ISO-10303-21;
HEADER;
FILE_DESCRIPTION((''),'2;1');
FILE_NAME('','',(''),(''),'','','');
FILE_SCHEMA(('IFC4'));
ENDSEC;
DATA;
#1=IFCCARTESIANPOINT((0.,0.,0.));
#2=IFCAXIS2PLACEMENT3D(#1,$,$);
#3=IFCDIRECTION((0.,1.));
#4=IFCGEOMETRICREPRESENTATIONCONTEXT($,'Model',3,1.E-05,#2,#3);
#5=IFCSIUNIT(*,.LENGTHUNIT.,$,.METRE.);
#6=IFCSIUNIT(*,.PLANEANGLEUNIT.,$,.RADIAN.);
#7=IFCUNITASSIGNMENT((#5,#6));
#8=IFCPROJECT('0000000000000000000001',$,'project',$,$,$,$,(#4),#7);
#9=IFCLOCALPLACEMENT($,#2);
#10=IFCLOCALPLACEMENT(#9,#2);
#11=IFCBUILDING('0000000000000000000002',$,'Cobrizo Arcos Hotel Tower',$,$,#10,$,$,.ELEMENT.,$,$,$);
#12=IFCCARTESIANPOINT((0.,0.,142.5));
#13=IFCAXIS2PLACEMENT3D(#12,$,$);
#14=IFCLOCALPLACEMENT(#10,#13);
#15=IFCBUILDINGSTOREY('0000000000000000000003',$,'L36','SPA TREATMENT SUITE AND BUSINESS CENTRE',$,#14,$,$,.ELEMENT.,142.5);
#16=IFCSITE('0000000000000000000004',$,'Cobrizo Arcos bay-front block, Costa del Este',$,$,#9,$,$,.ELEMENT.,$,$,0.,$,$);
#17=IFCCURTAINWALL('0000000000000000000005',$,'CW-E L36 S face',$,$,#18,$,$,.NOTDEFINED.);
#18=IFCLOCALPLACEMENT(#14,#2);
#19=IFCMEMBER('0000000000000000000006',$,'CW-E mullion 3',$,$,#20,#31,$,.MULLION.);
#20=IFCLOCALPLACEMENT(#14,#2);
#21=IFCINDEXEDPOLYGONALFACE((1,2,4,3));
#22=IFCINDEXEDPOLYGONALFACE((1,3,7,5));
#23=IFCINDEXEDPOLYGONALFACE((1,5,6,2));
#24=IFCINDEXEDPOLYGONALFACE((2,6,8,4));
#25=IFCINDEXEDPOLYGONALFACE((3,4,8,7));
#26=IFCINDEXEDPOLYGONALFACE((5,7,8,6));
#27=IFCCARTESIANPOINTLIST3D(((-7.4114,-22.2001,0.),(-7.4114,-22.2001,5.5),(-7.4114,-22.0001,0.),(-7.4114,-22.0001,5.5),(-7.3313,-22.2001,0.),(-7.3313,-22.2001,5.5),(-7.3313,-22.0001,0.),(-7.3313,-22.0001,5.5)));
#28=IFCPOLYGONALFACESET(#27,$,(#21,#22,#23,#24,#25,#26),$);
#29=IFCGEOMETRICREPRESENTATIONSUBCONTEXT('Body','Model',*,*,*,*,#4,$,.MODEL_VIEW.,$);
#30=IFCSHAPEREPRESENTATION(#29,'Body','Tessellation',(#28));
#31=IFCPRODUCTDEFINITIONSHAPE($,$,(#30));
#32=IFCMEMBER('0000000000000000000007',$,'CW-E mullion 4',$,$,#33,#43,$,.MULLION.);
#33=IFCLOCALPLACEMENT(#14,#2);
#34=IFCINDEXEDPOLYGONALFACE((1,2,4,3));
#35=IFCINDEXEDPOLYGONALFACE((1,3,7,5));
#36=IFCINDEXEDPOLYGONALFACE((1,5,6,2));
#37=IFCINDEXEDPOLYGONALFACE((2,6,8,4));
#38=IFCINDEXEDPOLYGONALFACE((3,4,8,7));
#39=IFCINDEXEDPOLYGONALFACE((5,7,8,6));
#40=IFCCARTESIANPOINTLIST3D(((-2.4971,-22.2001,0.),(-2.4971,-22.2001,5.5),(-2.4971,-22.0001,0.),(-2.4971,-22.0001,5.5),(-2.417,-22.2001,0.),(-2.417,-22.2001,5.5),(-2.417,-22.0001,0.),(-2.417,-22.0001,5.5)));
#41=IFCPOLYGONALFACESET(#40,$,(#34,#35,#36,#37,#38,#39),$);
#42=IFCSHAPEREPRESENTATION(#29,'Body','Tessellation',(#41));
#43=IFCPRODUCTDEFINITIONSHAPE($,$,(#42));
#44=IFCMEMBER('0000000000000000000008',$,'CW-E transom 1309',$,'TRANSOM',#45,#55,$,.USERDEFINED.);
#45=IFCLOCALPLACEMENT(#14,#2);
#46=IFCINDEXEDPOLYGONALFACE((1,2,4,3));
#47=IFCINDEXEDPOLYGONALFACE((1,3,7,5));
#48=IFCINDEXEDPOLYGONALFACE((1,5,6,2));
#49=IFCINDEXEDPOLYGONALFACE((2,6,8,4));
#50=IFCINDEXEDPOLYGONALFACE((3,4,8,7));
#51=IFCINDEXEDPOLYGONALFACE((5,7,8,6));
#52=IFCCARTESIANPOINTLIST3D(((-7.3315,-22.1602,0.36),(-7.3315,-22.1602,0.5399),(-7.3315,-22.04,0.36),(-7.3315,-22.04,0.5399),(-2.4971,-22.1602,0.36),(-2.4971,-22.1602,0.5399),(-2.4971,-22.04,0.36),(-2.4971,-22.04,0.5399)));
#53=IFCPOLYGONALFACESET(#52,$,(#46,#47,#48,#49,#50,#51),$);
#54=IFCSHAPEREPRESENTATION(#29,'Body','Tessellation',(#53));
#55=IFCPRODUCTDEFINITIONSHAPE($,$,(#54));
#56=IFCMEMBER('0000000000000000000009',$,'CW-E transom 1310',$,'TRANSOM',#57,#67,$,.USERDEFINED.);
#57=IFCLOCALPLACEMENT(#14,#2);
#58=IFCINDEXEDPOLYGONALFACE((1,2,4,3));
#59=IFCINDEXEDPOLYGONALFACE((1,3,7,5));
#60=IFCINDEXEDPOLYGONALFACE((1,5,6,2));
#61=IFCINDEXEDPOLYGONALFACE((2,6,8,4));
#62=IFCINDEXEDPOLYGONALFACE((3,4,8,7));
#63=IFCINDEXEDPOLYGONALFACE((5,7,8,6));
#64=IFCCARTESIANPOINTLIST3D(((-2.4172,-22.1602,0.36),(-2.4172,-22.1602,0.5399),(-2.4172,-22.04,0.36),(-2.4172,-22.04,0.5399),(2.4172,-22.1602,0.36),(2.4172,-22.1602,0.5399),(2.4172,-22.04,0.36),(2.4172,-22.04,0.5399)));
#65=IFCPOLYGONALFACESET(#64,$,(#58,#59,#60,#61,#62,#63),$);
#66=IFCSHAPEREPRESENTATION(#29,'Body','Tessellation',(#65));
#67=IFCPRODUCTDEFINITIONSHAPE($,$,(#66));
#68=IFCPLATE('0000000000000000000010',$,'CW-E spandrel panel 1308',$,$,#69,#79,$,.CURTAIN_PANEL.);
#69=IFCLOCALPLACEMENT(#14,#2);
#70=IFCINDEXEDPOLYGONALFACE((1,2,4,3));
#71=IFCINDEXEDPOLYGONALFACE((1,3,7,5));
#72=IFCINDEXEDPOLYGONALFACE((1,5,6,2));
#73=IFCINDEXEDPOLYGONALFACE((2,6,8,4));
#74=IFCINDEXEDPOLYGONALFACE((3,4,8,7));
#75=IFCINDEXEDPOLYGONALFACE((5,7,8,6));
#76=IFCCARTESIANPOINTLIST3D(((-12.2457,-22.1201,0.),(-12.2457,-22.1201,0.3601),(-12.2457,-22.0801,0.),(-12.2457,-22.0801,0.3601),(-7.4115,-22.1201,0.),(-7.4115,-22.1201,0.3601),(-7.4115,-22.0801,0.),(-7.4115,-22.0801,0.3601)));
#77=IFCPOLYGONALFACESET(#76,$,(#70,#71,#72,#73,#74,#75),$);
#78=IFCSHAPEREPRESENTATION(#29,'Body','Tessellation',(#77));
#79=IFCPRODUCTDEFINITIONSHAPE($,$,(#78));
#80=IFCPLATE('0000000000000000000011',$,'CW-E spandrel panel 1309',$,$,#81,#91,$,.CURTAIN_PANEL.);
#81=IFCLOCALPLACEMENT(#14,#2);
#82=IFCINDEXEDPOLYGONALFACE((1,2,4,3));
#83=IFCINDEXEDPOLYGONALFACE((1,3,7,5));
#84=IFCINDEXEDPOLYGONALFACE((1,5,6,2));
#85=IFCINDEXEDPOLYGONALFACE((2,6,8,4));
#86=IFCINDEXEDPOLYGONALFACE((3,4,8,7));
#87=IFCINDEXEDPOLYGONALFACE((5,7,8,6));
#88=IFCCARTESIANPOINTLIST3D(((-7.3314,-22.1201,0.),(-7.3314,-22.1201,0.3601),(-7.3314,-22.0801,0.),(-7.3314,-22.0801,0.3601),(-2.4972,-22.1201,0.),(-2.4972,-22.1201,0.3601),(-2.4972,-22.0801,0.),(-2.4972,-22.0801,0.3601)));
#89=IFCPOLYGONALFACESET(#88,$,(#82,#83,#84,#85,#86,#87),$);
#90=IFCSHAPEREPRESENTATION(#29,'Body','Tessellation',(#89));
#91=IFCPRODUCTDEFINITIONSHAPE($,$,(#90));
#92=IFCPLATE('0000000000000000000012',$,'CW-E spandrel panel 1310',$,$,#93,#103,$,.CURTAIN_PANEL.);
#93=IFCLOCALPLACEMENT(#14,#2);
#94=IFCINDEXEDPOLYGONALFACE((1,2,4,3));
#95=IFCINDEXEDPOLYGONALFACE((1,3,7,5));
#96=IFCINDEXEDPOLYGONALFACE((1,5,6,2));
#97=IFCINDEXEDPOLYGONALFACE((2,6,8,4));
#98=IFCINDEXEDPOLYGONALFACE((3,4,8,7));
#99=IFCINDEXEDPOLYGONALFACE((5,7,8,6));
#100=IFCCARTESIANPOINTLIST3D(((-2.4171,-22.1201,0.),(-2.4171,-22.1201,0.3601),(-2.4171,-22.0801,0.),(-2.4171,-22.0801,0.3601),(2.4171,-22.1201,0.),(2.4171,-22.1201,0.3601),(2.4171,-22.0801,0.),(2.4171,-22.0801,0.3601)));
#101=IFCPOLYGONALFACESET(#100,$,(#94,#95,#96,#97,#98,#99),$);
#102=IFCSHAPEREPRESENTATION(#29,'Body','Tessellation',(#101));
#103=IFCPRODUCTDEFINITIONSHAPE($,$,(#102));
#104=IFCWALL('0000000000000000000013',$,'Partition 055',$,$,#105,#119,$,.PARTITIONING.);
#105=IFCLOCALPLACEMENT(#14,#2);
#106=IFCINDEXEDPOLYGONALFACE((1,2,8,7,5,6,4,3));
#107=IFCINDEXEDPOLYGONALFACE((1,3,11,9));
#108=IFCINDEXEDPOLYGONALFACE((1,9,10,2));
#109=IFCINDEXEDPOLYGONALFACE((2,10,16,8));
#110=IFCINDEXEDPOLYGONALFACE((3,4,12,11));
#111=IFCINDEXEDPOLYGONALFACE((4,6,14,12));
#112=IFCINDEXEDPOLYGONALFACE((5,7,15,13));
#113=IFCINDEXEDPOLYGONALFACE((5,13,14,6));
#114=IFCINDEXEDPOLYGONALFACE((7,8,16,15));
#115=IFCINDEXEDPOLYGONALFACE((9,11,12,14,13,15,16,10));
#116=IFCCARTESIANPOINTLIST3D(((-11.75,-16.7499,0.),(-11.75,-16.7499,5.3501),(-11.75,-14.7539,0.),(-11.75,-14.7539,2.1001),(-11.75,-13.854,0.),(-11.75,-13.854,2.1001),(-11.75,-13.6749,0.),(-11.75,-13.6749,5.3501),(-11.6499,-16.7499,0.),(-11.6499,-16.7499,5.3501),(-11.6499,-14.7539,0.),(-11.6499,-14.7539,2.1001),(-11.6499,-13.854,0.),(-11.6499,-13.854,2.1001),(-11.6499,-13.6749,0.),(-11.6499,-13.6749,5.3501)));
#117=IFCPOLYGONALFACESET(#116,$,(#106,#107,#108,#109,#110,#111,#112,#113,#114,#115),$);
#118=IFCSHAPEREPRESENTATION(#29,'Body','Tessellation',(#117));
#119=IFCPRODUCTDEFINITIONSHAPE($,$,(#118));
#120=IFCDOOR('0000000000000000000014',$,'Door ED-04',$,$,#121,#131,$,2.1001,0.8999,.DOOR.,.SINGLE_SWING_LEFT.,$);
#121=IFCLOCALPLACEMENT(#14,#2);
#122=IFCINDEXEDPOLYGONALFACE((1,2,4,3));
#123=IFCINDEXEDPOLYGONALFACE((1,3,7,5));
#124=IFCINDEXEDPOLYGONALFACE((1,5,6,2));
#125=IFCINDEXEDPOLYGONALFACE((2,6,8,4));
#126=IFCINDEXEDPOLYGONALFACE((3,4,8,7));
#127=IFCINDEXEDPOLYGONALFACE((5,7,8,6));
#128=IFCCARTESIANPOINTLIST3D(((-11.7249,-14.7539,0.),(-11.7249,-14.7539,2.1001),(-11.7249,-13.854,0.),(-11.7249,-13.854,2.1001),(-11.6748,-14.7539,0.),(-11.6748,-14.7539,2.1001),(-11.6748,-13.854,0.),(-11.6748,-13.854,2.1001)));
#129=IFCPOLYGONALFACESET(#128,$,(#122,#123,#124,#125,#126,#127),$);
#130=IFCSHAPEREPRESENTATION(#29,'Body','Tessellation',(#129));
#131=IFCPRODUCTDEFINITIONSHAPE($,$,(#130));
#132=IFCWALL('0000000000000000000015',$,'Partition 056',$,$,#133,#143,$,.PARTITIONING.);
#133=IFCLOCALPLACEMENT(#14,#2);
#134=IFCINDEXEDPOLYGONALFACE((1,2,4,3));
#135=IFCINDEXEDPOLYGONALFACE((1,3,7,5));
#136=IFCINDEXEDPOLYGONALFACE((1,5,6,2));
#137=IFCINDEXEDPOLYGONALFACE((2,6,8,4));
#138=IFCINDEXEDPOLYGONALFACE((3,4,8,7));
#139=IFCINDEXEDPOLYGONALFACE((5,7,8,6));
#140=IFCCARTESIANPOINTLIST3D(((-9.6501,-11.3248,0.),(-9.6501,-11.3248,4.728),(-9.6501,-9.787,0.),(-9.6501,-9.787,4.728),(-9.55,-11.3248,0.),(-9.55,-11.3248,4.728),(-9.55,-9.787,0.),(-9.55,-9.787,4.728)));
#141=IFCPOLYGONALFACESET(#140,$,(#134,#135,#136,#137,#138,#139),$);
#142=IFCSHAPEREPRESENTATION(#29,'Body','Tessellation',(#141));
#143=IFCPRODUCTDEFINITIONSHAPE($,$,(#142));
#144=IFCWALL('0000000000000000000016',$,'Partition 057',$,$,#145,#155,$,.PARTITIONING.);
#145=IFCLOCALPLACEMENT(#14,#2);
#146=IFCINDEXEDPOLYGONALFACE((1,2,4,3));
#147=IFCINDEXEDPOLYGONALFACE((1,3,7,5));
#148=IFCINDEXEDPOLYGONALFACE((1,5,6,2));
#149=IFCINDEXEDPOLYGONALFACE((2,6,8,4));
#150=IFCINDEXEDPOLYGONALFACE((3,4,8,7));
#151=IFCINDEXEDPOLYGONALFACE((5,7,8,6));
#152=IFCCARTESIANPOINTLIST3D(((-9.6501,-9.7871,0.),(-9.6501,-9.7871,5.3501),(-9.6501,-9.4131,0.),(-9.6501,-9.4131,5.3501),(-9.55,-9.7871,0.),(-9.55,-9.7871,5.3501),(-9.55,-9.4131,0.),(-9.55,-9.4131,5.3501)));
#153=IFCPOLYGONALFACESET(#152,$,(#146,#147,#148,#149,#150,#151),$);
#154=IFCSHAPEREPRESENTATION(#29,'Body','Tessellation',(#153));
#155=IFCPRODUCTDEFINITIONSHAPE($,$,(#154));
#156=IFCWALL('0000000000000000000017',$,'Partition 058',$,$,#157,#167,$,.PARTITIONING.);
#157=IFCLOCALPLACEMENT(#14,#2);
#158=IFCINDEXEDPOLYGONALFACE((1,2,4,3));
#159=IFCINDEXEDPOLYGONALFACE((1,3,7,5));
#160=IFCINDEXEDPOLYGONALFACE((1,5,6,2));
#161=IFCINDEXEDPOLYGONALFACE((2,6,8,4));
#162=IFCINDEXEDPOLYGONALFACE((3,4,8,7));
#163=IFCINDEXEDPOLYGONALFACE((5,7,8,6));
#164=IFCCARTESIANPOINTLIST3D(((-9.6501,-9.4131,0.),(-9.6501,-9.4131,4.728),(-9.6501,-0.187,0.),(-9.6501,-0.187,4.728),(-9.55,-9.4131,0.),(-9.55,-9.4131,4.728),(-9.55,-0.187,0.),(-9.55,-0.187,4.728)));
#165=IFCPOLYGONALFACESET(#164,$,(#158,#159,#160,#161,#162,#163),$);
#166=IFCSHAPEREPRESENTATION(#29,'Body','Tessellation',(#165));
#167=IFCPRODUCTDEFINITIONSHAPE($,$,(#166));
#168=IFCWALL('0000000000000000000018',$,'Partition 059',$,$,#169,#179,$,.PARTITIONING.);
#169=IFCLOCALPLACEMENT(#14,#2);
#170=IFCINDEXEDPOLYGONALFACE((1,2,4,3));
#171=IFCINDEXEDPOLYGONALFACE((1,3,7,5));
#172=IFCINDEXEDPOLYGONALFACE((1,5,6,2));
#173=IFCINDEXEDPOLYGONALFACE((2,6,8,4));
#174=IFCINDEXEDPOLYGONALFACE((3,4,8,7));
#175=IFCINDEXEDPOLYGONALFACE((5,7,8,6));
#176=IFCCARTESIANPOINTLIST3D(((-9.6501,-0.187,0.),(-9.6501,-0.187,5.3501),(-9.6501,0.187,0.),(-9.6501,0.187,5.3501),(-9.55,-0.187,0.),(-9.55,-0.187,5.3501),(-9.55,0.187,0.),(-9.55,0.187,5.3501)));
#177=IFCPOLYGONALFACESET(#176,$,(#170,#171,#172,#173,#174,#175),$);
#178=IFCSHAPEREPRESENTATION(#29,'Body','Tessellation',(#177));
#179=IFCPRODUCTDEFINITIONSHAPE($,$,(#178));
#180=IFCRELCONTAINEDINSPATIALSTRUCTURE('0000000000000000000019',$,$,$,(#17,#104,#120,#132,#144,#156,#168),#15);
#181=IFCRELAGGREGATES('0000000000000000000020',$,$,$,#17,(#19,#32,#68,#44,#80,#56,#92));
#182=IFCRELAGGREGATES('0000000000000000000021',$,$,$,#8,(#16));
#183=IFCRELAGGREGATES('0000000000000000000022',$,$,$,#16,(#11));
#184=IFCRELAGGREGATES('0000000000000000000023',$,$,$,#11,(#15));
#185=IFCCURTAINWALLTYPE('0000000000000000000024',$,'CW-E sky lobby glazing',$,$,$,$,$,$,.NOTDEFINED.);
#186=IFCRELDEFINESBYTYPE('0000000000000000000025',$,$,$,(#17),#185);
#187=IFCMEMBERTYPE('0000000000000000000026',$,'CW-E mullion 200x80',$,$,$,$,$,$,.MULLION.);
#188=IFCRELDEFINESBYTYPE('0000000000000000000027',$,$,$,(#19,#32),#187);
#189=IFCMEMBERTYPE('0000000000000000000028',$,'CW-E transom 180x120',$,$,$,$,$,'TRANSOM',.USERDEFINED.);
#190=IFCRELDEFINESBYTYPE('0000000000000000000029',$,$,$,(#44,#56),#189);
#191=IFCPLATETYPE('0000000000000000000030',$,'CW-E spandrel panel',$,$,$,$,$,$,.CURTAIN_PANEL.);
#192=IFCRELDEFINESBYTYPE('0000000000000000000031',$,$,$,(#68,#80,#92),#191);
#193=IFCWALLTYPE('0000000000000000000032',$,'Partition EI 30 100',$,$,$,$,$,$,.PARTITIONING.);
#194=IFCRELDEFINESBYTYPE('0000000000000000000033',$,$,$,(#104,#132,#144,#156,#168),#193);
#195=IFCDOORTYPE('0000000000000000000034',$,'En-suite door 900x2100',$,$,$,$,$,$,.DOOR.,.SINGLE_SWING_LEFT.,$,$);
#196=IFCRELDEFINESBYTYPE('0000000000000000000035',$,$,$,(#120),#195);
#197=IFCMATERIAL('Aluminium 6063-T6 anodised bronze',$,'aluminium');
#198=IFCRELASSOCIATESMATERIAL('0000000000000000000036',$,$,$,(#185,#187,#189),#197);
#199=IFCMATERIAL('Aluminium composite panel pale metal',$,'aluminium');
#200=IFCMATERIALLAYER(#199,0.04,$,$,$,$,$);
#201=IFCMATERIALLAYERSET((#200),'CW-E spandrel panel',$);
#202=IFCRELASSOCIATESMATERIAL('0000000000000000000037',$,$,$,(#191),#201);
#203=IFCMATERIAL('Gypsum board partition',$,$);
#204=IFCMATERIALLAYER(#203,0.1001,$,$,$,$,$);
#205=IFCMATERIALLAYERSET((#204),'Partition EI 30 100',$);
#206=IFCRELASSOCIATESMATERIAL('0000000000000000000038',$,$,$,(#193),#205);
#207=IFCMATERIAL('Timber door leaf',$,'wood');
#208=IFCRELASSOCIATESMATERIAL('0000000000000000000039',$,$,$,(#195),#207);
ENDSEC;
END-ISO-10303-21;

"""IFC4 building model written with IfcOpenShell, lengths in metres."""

from ifc_helpers import new_model, si_unit, direction, frame, frame_2d, origin, origin_2d, place, context, subcontext, project, spatial, rectangle, extrude, material, layer, layer_set, material_profile, profile_set, type_object, element, fill, aggregate, save


model = new_model("IFC4")

# Units and contexts
model_context = context("Model", 3, precision=1e-05, world=origin(), true_north=direction((0.0, 1.0)))
body_context = subcontext(model_context, "Body", "Model", "MODEL_VIEW")
ifc_project = project(units=[si_unit("LENGTHUNIT", "METRE"), si_unit("PLANEANGLEUNIT", "RADIAN")], contexts=[model_context])

# Site, building, storey
site_placement = place(None, origin())
site = spatial("IfcSite", under=ifc_project, at=site_placement, Name="Cobrizo Arcos bay-front block, Costa del Este", CompositionType="ELEMENT", RefElevation=0.0)
building_placement = place(site_placement, origin())
building = spatial("IfcBuilding", under=site, at=building_placement, Name="Cobrizo Arcos Hotel Tower", CompositionType="ELEMENT")
storey_placement = place(building_placement, frame((0.0, 0.0, 142.5)))
storey = spatial("IfcBuildingStorey", under=building, at=storey_placement, Name="L36", Description="SPA TREATMENT SUITE AND BUSINESS CENTRE", CompositionType="ELEMENT", Elevation=142.5)

# Curtain wall, members, plates
ifc_material_1 = material(Name="Aluminium 6063-T6 anodised bronze", Category="aluminium")
curtain_wall_type = type_object("IfcCurtainWallType", Name="CW-E sky lobby glazing", PredefinedType="NOTDEFINED", material=ifc_material_1)
curtain_wall_placement = place(storey_placement, origin())
curtain_wall = element("IfcCurtainWall", 1, at=curtain_wall_placement, inside=storey, type_object=curtain_wall_type, Name="CW-E L36 S face", PredefinedType="NOTDEFINED")
ifc_material_profile_1 = material_profile(ifc_material_1, rectangle(XDim=0.2, YDim=0.0801, at=origin_2d()), Name="CW-E mullion 200x80")
ifc_profile_set_1 = profile_set([ifc_material_profile_1], Name="Aluminium 6063-T6 anodised bronze")
member_type_1 = type_object("IfcMemberType", Name="CW-E mullion 200x80", PredefinedType="MULLION", material=ifc_profile_set_1)
member_1_placement = place(storey_placement, frame((-7.3713, -22.1001, 0.0), z_axis=(0.0, 0.0, 1.0), x_axis=(0.0, -1.0, 0.0)))
member_1 = element("IfcMember", 2, at=member_1_placement, type_object=member_type_1, Name="CW-E mullion 3", PredefinedType="MULLION", context=body_context, shape_type="SweptSolid", body=[
    extrude(rectangle(XDim=0.2, YDim=0.0801, at=origin_2d()), origin(), (0.0, 0.0, 1.0), 5.5),
])
member_2_placement = place(storey_placement, frame((-2.457, -22.1001, 0.0), z_axis=(0.0, 0.0, 1.0), x_axis=(0.0, -1.0, 0.0)))
member_2 = element("IfcMember", 3, at=member_2_placement, type_object=member_type_1, Name="CW-E mullion 4", PredefinedType="MULLION", context=body_context, shape_type="SweptSolid", body=[
    extrude(rectangle(XDim=0.2, YDim=0.0801, at=origin_2d()), origin(), (0.0, 0.0, 1.0), 5.5),
])
ifc_material_profile_2 = material_profile(ifc_material_1, rectangle(XDim=0.1201, YDim=0.1799, at=origin_2d()), Name="CW-E transom 180x120")
ifc_profile_set_2 = profile_set([ifc_material_profile_2], Name="Aluminium 6063-T6 anodised bronze")
member_type_2 = type_object("IfcMemberType", Name="CW-E transom 180x120", ElementType="TRANSOM", PredefinedType="USERDEFINED", material=ifc_profile_set_2)
member_3_placement = place(storey_placement, frame((-7.3315, -22.1001, 0.45), z_axis=(1.0, 0.0, 0.0), x_axis=(0.0, 1.0, 0.0)))
member_3 = element("IfcMember", 4, at=member_3_placement, type_object=member_type_2, Name="CW-E transom 1309", ObjectType="TRANSOM", PredefinedType="USERDEFINED", context=body_context, shape_type="SweptSolid", body=[
    extrude(rectangle(XDim=0.1201, YDim=0.1799, at=origin_2d()), origin(), (0.0, 0.0, 1.0), 4.8345),
])
member_4_placement = place(storey_placement, frame((-2.4172, -22.1001, 0.45), z_axis=(1.0, 0.0, 0.0), x_axis=(0.0, 1.0, 0.0)))
member_4 = element("IfcMember", 5, at=member_4_placement, type_object=member_type_2, Name="CW-E transom 1310", ObjectType="TRANSOM", PredefinedType="USERDEFINED", context=body_context, shape_type="SweptSolid", body=[
    extrude(rectangle(XDim=0.1201, YDim=0.1799, at=origin_2d()), origin(), (0.0, 0.0, 1.0), 4.8345),
])
ifc_material_2 = material(Name="Aluminium composite panel pale metal", Category="aluminium")
ifc_layer_1 = layer(ifc_material_2, 0.04)
ifc_layer_set_1 = layer_set([ifc_layer_1], Name="CW-E spandrel panel")
plate_type = type_object("IfcPlateType", Name="CW-E spandrel panel", PredefinedType="CURTAIN_PANEL", material=ifc_layer_set_1)
plate_1_placement = place(storey_placement, frame((-9.8286, -22.1001, 0.0), z_axis=(0.0, 0.0, 1.0), x_axis=(1.0, 0.0, 0.0)))
plate_1 = element("IfcPlate", 6, at=plate_1_placement, type_object=plate_type, Name="CW-E spandrel panel 1308", PredefinedType="CURTAIN_PANEL", context=body_context, shape_type="SweptSolid", body=[
    extrude(rectangle(XDim=4.8342, YDim=0.04, at=origin_2d()), origin(), (0.0, 0.0, 1.0), 0.3601),
])
plate_2_placement = place(storey_placement, frame((-4.9143, -22.1001, 0.0), z_axis=(0.0, 0.0, 1.0), x_axis=(1.0, 0.0, 0.0)))
plate_2 = element("IfcPlate", 7, at=plate_2_placement, type_object=plate_type, Name="CW-E spandrel panel 1309", PredefinedType="CURTAIN_PANEL", context=body_context, shape_type="SweptSolid", body=[
    extrude(rectangle(XDim=4.8342, YDim=0.04, at=origin_2d()), origin(), (0.0, 0.0, 1.0), 0.3601),
])
plate_3_placement = place(storey_placement, frame((0.0, -22.1001, 0.0), z_axis=(0.0, 0.0, 1.0), x_axis=(1.0, 0.0, 0.0)))
plate_3 = element("IfcPlate", 8, at=plate_3_placement, type_object=plate_type, Name="CW-E spandrel panel 1310", PredefinedType="CURTAIN_PANEL", context=body_context, shape_type="SweptSolid", body=[
    extrude(rectangle(XDim=4.8342, YDim=0.04, at=origin_2d()), origin(), (0.0, 0.0, 1.0), 0.3601),
])
aggregate(curtain_wall, [member_1, member_2, plate_1, member_3, plate_2, member_4, plate_3])

# Wall, opening, door
ifc_material_3 = material(Name="Gypsum board partition")
ifc_layer_2 = layer(ifc_material_3, 0.1001)
ifc_layer_set_2 = layer_set([ifc_layer_2], Name="Partition EI 30 100")
wall_type = type_object("IfcWallType", Name="Partition EI 30 100", PredefinedType="PARTITIONING", material=ifc_layer_set_2)
wall_1_placement = place(storey_placement, frame((-11.7, -16.75, 0.0), z_axis=(0.0, 0.0, 1.0), x_axis=(0.0, 1.0, 0.0)))
wall_1 = element("IfcWall", 9, at=wall_1_placement, inside=storey, type_object=wall_type, Name="Partition 055", PredefinedType="PARTITIONING", context=body_context, shape_type="SweptSolid", body=[
    extrude(rectangle(XDim=3.075, YDim=0.1001, at=frame_2d((1.5376, 0.0))), origin(), (0.0, 0.0, 1.0), 5.3501),
])
opening_1_placement = place(wall_1_placement, frame((1.9961, 0.0, 0.0)))
opening_1 = element("IfcOpeningElement", 10, at=opening_1_placement, cuts=wall_1, PredefinedType="OPENING", context=body_context, shape_type="SweptSolid", body=[
    extrude(rectangle(XDim=0.8999, YDim=2.1001, at=frame_2d((0.45, 1.05))), frame((0.0, 0.062, 0.0), z_axis=(0.0, -1.0, 0.0), x_axis=(1.0, 0.0, 0.0)), (0.0, 0.0, 1.0), 0.124),
])
ifc_material_4 = material(Name="Timber door leaf", Category="wood")
door_type_1 = type_object("IfcDoorType", Name="En-suite door 900x2100", OperationType="SINGLE_SWING_LEFT", PredefinedType="DOOR", material=ifc_material_4)
door_1_placement = place(opening_1_placement, origin())
door_1 = element("IfcDoor", 11, at=door_1_placement, inside=storey, type_object=door_type_1, Name="Door ED-04", OperationType="SINGLE_SWING_LEFT", OverallHeight=2.1001, OverallWidth=0.8999, PredefinedType="DOOR", context=body_context, shape_type="SweptSolid", body=[
    extrude(rectangle(XDim=0.8999, YDim=2.1001, at=frame_2d((0.45, 1.05))), frame((0.0, 0.0249, 0.0), z_axis=(0.0, -1.0, 0.0), x_axis=(1.0, 0.0, 0.0)), (0.0, 0.0, 1.0), 0.05),
])
fill(opening_1, door_1)

# Walls
wall_2_placement = place(storey_placement, frame((-9.6001, -11.325, 0.0), z_axis=(0.0, 0.0, 1.0), x_axis=(0.0, 1.0, 0.0)))
element("IfcWall", 12, at=wall_2_placement, inside=storey, type_object=wall_type, Name="Partition 056", PredefinedType="PARTITIONING", context=body_context, shape_type="SweptSolid", body=[
    extrude(rectangle(XDim=1.5378, YDim=0.1001, at=frame_2d((0.769, 0.0))), origin(), (0.0, 0.0, 1.0), 4.728),
])
wall_3_placement = place(storey_placement, frame((-9.6001, -9.7871, 0.0), z_axis=(0.0, 0.0, 1.0), x_axis=(0.0, 1.0, 0.0)))
element("IfcWall", 13, at=wall_3_placement, inside=storey, type_object=wall_type, Name="Partition 057", PredefinedType="PARTITIONING", context=body_context, shape_type="SweptSolid", body=[
    extrude(rectangle(XDim=0.374, YDim=0.1001, at=frame_2d((0.187, 0.0))), origin(), (0.0, 0.0, 1.0), 5.3501),
])
wall_4_placement = place(storey_placement, frame((-9.6001, -9.4131, 0.0), z_axis=(0.0, 0.0, 1.0), x_axis=(0.0, 1.0, 0.0)))
element("IfcWall", 14, at=wall_4_placement, inside=storey, type_object=wall_type, Name="Partition 058", PredefinedType="PARTITIONING", context=body_context, shape_type="SweptSolid", body=[
    extrude(rectangle(XDim=9.2261, YDim=0.1001, at=frame_2d((4.613, 0.0))), origin(), (0.0, 0.0, 1.0), 4.728),
])
wall_5_placement = place(storey_placement, frame((-9.6001, -0.187, 0.0), z_axis=(0.0, 0.0, 1.0), x_axis=(0.0, 1.0, 0.0)))
element("IfcWall", 15, at=wall_5_placement, inside=storey, type_object=wall_type, Name="Partition 059", PredefinedType="PARTITIONING", context=body_context, shape_type="SweptSolid", body=[
    extrude(rectangle(XDim=0.374, YDim=0.1001, at=frame_2d((0.187, 0.0))), origin(), (0.0, 0.0, 1.0), 5.3501),
])

save(model, "model.ifc")
